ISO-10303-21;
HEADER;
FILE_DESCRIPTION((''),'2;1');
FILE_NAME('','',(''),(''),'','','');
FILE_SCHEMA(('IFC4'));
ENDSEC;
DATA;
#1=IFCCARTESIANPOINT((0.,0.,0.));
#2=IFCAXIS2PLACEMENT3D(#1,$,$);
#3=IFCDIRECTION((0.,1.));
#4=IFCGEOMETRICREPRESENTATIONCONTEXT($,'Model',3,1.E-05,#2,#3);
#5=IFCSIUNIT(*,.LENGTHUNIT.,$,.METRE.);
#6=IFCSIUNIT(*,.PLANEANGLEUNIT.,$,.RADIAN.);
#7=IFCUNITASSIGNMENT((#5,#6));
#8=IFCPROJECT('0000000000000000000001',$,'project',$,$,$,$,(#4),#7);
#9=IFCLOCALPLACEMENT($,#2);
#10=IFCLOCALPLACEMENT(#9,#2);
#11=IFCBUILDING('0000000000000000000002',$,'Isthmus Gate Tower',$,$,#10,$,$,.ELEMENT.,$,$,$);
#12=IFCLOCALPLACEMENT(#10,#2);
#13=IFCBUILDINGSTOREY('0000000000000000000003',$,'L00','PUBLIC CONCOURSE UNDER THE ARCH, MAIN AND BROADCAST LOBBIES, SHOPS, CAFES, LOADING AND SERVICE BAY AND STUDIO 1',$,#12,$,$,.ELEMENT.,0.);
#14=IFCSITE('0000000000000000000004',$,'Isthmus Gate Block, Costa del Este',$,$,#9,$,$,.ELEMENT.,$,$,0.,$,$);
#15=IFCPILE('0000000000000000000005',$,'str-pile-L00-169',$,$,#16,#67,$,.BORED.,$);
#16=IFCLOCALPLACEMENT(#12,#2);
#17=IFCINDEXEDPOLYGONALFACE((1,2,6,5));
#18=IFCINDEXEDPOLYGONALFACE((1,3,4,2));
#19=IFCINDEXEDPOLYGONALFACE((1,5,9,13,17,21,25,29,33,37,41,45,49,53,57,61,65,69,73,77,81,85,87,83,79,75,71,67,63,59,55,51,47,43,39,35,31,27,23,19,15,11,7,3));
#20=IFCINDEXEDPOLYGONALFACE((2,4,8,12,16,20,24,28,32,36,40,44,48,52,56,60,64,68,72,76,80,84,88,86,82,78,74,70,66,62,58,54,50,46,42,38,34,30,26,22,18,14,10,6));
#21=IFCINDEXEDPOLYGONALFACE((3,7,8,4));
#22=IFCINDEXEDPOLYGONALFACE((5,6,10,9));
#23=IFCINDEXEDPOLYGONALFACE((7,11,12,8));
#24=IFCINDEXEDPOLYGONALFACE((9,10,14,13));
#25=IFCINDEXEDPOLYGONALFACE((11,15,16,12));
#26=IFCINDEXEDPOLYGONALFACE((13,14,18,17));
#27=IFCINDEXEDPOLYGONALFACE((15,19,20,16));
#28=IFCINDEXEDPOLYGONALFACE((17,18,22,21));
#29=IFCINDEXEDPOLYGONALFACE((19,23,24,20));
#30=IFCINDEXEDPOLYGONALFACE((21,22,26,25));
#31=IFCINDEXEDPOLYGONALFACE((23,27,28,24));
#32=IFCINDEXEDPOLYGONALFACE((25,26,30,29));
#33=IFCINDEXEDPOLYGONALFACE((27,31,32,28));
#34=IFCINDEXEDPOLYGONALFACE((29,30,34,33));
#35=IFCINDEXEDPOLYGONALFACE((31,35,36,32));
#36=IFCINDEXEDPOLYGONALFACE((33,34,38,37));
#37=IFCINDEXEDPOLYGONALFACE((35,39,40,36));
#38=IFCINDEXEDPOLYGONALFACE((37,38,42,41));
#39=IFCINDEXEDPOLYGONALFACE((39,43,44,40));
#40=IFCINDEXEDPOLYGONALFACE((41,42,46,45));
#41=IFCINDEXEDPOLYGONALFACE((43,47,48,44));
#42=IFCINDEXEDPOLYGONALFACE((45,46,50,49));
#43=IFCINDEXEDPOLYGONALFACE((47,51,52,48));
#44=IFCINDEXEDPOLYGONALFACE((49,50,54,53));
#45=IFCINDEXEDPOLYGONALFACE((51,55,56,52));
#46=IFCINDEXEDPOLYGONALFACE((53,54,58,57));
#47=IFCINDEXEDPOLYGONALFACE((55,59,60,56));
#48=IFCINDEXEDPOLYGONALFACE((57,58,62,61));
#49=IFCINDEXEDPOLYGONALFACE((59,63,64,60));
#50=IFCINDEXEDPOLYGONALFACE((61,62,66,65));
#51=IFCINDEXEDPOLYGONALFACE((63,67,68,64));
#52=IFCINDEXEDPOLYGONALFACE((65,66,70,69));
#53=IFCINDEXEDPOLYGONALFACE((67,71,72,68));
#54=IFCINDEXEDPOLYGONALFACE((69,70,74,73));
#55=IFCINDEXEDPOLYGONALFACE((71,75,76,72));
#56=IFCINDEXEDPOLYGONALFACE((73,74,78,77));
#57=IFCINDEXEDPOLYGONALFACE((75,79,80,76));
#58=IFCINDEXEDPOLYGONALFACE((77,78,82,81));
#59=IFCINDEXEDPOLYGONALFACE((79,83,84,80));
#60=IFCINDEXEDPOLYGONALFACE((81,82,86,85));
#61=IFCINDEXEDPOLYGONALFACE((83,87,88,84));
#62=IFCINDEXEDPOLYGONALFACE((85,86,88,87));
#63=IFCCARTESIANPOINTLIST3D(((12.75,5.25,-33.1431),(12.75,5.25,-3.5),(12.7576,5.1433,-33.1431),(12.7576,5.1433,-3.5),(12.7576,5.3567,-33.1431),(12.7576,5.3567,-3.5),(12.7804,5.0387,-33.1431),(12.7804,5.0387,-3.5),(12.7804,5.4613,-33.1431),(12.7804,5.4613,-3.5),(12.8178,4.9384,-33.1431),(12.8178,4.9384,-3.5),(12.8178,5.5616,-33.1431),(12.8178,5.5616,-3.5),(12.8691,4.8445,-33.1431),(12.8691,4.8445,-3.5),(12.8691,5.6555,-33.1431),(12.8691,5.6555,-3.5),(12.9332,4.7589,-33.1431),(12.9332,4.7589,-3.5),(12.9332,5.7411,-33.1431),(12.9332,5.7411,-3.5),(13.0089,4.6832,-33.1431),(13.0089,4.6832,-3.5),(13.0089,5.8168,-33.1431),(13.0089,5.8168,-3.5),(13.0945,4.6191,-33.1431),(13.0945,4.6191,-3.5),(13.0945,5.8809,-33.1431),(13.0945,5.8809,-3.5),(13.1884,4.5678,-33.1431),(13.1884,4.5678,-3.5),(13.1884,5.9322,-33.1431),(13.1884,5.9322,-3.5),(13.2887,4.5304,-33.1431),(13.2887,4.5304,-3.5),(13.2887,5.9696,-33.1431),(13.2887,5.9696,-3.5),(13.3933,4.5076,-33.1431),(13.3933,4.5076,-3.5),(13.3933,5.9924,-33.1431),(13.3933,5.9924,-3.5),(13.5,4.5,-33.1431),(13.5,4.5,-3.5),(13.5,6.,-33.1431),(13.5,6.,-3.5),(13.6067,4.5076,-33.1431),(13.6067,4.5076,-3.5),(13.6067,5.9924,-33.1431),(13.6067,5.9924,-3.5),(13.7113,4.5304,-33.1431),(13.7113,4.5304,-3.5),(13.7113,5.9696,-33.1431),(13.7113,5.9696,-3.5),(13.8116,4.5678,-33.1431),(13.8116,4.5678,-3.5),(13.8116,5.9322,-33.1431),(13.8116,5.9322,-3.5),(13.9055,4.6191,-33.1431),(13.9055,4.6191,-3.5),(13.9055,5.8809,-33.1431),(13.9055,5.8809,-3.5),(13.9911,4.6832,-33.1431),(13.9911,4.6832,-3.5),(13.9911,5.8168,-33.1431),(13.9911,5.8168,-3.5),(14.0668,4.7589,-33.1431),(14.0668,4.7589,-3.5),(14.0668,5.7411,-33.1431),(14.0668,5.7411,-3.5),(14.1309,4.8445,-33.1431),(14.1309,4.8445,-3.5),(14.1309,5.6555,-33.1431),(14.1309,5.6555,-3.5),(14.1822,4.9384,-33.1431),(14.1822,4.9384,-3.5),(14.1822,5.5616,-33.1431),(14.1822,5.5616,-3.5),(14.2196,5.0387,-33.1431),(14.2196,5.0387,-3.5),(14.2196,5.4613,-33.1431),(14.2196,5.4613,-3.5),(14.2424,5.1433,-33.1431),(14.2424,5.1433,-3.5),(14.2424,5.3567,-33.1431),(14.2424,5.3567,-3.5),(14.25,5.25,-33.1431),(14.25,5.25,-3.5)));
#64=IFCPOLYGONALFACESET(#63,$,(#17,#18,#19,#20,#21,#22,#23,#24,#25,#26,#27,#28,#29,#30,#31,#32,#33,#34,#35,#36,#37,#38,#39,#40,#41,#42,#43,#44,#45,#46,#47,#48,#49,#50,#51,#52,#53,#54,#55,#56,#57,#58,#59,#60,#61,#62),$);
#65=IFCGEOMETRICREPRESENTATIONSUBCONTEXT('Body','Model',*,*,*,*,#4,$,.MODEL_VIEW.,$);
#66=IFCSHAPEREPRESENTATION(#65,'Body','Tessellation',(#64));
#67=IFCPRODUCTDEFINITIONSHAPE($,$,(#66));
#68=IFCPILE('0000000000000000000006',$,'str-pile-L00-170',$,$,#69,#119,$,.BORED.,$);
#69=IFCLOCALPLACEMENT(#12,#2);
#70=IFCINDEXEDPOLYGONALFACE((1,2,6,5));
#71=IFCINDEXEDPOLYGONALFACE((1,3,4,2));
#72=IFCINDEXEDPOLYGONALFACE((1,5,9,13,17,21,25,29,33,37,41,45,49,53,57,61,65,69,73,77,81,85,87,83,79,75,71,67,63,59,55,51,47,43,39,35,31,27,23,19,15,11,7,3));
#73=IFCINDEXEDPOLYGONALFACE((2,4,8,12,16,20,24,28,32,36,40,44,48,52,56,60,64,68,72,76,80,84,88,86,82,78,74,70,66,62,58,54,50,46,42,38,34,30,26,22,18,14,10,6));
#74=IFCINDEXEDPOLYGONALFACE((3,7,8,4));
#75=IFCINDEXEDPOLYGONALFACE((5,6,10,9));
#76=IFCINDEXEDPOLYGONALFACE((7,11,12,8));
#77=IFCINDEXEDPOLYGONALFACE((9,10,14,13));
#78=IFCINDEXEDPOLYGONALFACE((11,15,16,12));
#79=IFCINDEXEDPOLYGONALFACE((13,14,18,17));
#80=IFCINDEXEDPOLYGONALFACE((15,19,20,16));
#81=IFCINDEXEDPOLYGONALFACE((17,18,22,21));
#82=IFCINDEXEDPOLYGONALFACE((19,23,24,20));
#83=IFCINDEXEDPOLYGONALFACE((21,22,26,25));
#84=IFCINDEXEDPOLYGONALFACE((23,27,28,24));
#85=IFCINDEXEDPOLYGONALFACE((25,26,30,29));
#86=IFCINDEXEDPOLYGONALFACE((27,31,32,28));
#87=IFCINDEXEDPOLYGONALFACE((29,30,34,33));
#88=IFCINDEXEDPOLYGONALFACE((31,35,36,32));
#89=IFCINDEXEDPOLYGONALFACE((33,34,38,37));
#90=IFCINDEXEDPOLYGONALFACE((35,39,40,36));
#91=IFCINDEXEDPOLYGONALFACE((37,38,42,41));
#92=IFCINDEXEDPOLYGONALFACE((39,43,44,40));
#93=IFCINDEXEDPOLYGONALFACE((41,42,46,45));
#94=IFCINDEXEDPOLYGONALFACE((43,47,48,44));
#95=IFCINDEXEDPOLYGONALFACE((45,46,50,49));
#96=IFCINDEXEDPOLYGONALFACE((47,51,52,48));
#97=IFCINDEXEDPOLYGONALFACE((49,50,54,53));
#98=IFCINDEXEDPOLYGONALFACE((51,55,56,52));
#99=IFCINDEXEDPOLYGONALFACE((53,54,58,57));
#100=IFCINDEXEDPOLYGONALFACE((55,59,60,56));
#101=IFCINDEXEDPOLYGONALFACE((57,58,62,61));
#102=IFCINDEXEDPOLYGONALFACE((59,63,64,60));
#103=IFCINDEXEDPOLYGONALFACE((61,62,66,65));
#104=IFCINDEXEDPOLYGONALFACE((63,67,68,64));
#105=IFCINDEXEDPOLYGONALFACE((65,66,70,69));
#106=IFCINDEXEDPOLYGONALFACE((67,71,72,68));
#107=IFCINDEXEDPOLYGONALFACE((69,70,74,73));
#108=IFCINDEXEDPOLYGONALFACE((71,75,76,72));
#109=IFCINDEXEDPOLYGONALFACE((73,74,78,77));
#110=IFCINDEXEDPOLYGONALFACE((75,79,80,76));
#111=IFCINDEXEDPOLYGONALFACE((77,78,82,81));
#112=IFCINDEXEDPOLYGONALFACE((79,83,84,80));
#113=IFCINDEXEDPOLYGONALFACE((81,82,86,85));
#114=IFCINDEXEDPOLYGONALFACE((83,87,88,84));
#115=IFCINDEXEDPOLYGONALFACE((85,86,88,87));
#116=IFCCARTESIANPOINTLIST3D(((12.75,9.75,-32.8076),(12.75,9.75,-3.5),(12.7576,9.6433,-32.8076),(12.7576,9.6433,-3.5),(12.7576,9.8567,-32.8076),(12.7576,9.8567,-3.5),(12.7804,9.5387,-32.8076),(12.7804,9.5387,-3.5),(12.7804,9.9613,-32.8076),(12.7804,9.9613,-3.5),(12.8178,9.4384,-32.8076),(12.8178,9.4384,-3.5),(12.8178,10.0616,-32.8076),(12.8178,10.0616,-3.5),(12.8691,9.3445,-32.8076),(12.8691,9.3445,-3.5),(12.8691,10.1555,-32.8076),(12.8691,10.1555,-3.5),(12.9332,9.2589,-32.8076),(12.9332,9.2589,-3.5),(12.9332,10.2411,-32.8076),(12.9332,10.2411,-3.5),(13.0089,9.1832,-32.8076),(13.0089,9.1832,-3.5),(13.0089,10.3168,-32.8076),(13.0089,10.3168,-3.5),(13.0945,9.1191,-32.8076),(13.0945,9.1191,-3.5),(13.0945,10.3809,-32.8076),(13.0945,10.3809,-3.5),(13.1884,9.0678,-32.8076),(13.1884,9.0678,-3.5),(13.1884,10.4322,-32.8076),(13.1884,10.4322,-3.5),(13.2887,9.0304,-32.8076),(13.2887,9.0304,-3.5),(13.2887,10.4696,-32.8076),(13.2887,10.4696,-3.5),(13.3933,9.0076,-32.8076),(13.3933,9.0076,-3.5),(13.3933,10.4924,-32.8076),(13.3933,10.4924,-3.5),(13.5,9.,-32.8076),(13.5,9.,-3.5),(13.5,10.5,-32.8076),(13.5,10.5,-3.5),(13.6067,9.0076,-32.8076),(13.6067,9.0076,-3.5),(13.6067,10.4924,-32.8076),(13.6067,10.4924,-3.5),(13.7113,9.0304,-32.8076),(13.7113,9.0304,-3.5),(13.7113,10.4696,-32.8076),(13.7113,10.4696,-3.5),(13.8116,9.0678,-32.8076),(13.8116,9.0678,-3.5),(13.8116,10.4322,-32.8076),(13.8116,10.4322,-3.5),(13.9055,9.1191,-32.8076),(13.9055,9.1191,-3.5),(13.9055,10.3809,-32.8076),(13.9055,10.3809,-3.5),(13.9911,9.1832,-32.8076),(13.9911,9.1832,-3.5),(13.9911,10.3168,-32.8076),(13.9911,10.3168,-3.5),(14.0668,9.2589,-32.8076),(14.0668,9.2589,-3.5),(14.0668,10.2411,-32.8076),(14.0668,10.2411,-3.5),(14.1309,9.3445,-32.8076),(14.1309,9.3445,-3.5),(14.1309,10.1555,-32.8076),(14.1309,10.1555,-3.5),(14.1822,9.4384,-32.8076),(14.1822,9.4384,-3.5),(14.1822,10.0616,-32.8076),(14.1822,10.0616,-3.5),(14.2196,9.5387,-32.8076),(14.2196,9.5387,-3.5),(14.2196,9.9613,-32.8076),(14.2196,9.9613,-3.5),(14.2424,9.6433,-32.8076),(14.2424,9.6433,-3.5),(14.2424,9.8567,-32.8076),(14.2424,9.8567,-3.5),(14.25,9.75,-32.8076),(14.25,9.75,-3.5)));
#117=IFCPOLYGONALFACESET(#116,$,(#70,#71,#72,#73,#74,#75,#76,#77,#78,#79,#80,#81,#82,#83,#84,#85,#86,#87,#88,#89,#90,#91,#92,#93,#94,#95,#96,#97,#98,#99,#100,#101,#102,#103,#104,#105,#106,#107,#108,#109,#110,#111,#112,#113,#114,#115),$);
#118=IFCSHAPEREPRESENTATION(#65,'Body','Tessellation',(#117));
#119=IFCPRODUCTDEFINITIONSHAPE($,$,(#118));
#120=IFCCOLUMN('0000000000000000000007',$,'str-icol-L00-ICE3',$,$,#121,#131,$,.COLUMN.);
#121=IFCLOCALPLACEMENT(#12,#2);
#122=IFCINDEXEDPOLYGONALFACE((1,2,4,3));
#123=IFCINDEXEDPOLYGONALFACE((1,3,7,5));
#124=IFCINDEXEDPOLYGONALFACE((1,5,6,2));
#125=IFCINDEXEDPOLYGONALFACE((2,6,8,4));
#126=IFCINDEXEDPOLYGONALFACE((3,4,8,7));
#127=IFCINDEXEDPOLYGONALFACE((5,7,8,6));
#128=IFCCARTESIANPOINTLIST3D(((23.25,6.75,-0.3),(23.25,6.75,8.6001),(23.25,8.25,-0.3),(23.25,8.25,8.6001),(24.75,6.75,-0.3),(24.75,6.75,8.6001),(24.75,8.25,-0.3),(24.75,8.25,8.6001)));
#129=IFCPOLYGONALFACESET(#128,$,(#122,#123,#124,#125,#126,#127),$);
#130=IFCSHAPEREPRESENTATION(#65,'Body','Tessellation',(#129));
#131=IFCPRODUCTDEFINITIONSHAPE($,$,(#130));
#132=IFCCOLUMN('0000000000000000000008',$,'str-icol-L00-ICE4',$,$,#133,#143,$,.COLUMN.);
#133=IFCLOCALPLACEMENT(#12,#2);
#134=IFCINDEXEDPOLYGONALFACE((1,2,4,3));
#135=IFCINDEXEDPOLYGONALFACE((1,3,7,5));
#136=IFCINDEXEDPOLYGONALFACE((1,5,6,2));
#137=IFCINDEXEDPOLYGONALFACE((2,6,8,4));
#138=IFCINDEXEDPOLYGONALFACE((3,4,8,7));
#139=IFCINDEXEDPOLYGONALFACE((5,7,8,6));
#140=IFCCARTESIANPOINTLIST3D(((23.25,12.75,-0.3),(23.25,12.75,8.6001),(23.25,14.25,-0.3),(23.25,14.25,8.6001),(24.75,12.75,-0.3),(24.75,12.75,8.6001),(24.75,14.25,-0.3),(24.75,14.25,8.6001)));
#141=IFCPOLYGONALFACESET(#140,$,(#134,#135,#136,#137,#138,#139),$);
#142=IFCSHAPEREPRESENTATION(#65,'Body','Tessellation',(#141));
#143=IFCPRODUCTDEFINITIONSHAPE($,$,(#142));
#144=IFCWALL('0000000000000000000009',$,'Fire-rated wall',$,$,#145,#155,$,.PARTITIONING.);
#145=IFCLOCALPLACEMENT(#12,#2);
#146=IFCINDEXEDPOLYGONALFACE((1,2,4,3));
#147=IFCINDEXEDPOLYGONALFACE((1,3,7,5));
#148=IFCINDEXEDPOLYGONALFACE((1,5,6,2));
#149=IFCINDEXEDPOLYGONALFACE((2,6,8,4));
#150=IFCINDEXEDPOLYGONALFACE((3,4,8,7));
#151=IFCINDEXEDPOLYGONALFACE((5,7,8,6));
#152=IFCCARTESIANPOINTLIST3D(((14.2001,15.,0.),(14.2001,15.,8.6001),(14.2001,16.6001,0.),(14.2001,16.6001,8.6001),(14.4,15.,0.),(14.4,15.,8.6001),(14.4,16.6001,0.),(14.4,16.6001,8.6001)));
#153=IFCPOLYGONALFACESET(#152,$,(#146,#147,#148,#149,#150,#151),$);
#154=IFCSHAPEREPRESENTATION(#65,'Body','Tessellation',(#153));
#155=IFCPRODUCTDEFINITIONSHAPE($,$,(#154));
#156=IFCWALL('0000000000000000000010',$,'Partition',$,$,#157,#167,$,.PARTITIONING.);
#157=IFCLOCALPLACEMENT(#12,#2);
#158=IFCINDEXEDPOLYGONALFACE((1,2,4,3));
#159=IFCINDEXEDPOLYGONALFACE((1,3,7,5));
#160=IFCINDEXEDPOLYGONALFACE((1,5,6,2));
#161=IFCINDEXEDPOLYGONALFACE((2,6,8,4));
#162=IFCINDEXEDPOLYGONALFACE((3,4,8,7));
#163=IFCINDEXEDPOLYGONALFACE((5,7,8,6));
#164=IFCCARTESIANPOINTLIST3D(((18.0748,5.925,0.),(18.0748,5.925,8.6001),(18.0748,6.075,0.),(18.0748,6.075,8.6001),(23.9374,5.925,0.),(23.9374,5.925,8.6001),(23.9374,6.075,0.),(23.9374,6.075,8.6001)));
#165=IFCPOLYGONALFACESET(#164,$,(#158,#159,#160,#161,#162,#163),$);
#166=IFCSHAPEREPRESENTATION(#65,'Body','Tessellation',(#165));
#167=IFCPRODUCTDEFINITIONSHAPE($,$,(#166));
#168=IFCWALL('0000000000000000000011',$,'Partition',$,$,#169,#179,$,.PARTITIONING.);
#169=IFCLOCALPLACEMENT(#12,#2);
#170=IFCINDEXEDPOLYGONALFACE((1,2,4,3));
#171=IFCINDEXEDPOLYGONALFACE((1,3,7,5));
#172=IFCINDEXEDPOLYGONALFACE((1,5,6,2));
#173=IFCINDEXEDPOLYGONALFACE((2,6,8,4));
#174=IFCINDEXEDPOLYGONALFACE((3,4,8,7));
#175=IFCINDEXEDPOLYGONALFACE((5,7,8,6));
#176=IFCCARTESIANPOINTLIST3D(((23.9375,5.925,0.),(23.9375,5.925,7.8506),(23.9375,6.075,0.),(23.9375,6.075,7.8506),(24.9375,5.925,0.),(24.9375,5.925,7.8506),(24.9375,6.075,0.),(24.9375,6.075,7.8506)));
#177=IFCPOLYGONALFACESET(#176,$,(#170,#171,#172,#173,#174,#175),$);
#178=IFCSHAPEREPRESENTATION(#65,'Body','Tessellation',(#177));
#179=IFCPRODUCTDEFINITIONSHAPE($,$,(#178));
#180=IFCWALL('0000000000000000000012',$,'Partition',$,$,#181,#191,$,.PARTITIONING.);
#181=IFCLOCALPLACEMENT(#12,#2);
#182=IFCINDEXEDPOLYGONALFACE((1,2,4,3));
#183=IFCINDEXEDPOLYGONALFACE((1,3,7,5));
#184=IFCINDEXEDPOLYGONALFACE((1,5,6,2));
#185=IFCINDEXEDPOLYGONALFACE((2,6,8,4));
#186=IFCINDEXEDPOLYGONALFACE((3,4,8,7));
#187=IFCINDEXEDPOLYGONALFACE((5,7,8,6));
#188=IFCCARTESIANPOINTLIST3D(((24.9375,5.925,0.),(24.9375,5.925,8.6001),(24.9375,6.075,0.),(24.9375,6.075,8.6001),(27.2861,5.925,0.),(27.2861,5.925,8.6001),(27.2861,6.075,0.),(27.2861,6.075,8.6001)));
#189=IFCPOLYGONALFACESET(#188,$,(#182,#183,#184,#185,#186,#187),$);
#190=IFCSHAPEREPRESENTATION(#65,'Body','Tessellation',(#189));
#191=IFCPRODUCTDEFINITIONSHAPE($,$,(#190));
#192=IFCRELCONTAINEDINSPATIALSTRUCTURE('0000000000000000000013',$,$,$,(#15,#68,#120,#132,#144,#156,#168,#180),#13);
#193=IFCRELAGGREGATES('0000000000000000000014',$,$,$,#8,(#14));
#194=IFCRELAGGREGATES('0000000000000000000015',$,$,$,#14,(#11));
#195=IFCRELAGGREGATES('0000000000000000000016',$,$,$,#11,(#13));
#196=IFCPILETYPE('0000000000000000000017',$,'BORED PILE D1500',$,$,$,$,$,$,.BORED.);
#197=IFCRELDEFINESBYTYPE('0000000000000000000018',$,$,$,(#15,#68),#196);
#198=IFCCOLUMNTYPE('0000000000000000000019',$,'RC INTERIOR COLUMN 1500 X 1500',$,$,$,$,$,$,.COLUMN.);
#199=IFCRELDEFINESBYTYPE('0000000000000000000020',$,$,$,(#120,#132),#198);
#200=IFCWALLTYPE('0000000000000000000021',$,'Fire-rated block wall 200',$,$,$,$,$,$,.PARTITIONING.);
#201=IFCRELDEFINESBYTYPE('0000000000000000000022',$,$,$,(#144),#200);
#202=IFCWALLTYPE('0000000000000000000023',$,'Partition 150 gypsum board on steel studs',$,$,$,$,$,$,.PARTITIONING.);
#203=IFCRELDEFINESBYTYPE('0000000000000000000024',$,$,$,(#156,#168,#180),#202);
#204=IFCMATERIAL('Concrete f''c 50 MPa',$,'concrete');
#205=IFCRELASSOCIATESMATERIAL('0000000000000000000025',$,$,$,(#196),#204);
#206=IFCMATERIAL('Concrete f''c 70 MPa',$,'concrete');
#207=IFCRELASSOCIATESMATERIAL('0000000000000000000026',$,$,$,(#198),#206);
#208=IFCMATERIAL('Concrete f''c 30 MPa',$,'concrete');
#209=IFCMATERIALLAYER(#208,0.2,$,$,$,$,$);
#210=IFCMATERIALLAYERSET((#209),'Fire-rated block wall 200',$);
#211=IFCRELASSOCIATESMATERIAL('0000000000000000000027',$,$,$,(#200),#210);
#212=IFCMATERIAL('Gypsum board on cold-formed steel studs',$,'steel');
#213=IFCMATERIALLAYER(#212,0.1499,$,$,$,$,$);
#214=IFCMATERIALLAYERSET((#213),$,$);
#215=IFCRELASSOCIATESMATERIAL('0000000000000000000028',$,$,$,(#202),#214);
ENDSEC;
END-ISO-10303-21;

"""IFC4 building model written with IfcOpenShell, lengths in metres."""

from ifc_helpers import new_model, si_unit, direction, frame, frame_2d, origin, origin_2d, place, context, subcontext, project, spatial, rectangle, circle, extrude, material, layer, layer_set, material_profile, profile_set, type_object, element, save


model = new_model("IFC4")

# Units and contexts
model_context = context("Model", 3, precision=1e-05, world=origin(), true_north=direction((0.0, 1.0)))
body_context = subcontext(model_context, "Body", "Model", "MODEL_VIEW")
ifc_project = project(units=[si_unit("LENGTHUNIT", "METRE"), si_unit("PLANEANGLEUNIT", "RADIAN")], contexts=[model_context])

# Site, building, storey
site_placement = place(None, origin())
site = spatial("IfcSite", under=ifc_project, at=site_placement, Name="Isthmus Gate Block, Costa del Este", CompositionType="ELEMENT", RefElevation=0.0)
building_placement = place(site_placement, origin())
building = spatial("IfcBuilding", under=site, at=building_placement, Name="Isthmus Gate Tower", CompositionType="ELEMENT")
storey_placement = place(building_placement, origin())
storey = spatial("IfcBuildingStorey", under=building, at=storey_placement, Name="L00", Description="PUBLIC CONCOURSE UNDER THE ARCH, MAIN AND BROADCAST LOBBIES, SHOPS, CAFES, LOADING AND SERVICE BAY AND STUDIO 1", CompositionType="ELEMENT", Elevation=0.0)

# Piles
ifc_material_1 = material(Name="Concrete f'c 50 MPa", Category="concrete")
ifc_material_profile_1 = material_profile(ifc_material_1, circle(Radius=0.75, at=origin_2d()), Name="D1500")
ifc_profile_set_1 = profile_set([ifc_material_profile_1], Name="Concrete f'c 50 MPa")
pile_type = type_object("IfcPileType", Name="BORED PILE D1500", PredefinedType="BORED", material=ifc_profile_set_1)
pile_1_placement = place(storey_placement, frame((13.5, 5.25, -3.5), z_axis=(0.0, 0.0, -1.0), x_axis=(1.0, 0.0, 0.0)))
element("IfcPile", 1, at=pile_1_placement, inside=storey, type_object=pile_type, Name="str-pile-L00-169", PredefinedType="BORED", context=body_context, shape_type="SweptSolid", body=[
    extrude(circle(Radius=0.75, at=origin_2d()), origin(), (0.0, 0.0, 1.0), 29.6431),
])
pile_2_placement = place(storey_placement, frame((13.5, 9.75, -3.5), z_axis=(0.0, 0.0, -1.0), x_axis=(1.0, 0.0, 0.0)))
element("IfcPile", 2, at=pile_2_placement, inside=storey, type_object=pile_type, Name="str-pile-L00-170", PredefinedType="BORED", context=body_context, shape_type="SweptSolid", body=[
    extrude(circle(Radius=0.75, at=origin_2d()), origin(), (0.0, 0.0, 1.0), 29.3076),
])

# Columns
ifc_material_2 = material(Name="Concrete f'c 70 MPa", Category="concrete")
ifc_material_profile_2 = material_profile(ifc_material_2, rectangle(XDim=1.5, YDim=1.5, at=origin_2d()), Name="RC 1500X1500")
ifc_profile_set_2 = profile_set([ifc_material_profile_2], Name="Concrete f'c 70 MPa")
column_type = type_object("IfcColumnType", Name="RC INTERIOR COLUMN 1500 X 1500", PredefinedType="COLUMN", material=ifc_profile_set_2)
for number, where, z_axis, x_axis, name in (
    (3, (24.0, 7.5, -0.3), (0.0, 0.0, 1.0), (1.0, 0.0, 0.0), "str-icol-L00-ICE3"),
    (4, (24.0, 13.5, -0.3), (0.0, 0.0, 1.0), (1.0, 0.0, 0.0), "str-icol-L00-ICE4"),
):
    element("IfcColumn", number, at=place(storey_placement, frame(where, z_axis=z_axis, x_axis=x_axis)), inside=storey, type_object=column_type, Name=name, PredefinedType="COLUMN", context=body_context, shape_type="SweptSolid", body=[
        extrude(rectangle(XDim=1.5, YDim=1.5, at=origin_2d()), origin(), (0.0, 0.0, 1.0), 8.9001),
    ])

# Walls
ifc_material_3 = material(Name="Concrete f'c 30 MPa", Category="concrete")
ifc_layer_1 = layer(ifc_material_3, 0.2)
ifc_layer_set_1 = layer_set([ifc_layer_1], Name="Fire-rated block wall 200")
wall_type_1 = type_object("IfcWallType", Name="Fire-rated block wall 200", PredefinedType="PARTITIONING", material=ifc_layer_set_1)
wall_1_placement = place(storey_placement, frame((14.3, 15.0, 0.0), z_axis=(0.0, 0.0, 1.0), x_axis=(0.0, 1.0, 0.0)))
element("IfcWall", 5, at=wall_1_placement, inside=storey, type_object=wall_type_1, Name="Fire-rated wall", PredefinedType="PARTITIONING", context=body_context, shape_type="SweptSolid", body=[
    extrude(rectangle(XDim=1.6001, YDim=0.2, at=frame_2d((0.8, 0.0))), origin(), (0.0, 0.0, 1.0), 8.6001),
])
ifc_material_4 = material(Name="Gypsum board on cold-formed steel studs", Category="steel")
ifc_layer_2 = layer(ifc_material_4, 0.1499)
ifc_layer_set_2 = layer_set([ifc_layer_2])
wall_type_2 = type_object("IfcWallType", Name="Partition 150 gypsum board on steel studs", PredefinedType="PARTITIONING", material=ifc_layer_set_2)
wall_2_placement = place(storey_placement, frame((18.075, 6.0, 0.0), z_axis=(0.0, 0.0, 1.0), x_axis=(1.0, 0.0, 0.0)))
element("IfcWall", 6, at=wall_2_placement, inside=storey, type_object=wall_type_2, Name="Partition", PredefinedType="PARTITIONING", context=body_context, shape_type="SweptSolid", body=[
    extrude(rectangle(XDim=5.8625, YDim=0.1499, at=frame_2d((2.9312, 0.0))), origin(), (0.0, 0.0, 1.0), 8.6001),
])
wall_3_placement = place(storey_placement, frame((23.9375, 6.0, 0.0), z_axis=(0.0, 0.0, 1.0), x_axis=(1.0, 0.0, 0.0)))
element("IfcWall", 7, at=wall_3_placement, inside=storey, type_object=wall_type_2, Name="Partition", PredefinedType="PARTITIONING", context=body_context, shape_type="SweptSolid", body=[
    extrude(rectangle(XDim=1.0, YDim=0.1499, at=frame_2d((0.5, 0.0))), origin(), (0.0, 0.0, 1.0), 7.8506),
])
wall_4_placement = place(storey_placement, frame((24.9375, 6.0, 0.0), z_axis=(0.0, 0.0, 1.0), x_axis=(1.0, 0.0, 0.0)))
element("IfcWall", 8, at=wall_4_placement, inside=storey, type_object=wall_type_2, Name="Partition", PredefinedType="PARTITIONING", context=body_context, shape_type="SweptSolid", body=[
    extrude(rectangle(XDim=2.3486, YDim=0.1499, at=frame_2d((1.1743, 0.0))), origin(), (0.0, 0.0, 1.0), 8.6001),
])

save(model, "model.ifc")
